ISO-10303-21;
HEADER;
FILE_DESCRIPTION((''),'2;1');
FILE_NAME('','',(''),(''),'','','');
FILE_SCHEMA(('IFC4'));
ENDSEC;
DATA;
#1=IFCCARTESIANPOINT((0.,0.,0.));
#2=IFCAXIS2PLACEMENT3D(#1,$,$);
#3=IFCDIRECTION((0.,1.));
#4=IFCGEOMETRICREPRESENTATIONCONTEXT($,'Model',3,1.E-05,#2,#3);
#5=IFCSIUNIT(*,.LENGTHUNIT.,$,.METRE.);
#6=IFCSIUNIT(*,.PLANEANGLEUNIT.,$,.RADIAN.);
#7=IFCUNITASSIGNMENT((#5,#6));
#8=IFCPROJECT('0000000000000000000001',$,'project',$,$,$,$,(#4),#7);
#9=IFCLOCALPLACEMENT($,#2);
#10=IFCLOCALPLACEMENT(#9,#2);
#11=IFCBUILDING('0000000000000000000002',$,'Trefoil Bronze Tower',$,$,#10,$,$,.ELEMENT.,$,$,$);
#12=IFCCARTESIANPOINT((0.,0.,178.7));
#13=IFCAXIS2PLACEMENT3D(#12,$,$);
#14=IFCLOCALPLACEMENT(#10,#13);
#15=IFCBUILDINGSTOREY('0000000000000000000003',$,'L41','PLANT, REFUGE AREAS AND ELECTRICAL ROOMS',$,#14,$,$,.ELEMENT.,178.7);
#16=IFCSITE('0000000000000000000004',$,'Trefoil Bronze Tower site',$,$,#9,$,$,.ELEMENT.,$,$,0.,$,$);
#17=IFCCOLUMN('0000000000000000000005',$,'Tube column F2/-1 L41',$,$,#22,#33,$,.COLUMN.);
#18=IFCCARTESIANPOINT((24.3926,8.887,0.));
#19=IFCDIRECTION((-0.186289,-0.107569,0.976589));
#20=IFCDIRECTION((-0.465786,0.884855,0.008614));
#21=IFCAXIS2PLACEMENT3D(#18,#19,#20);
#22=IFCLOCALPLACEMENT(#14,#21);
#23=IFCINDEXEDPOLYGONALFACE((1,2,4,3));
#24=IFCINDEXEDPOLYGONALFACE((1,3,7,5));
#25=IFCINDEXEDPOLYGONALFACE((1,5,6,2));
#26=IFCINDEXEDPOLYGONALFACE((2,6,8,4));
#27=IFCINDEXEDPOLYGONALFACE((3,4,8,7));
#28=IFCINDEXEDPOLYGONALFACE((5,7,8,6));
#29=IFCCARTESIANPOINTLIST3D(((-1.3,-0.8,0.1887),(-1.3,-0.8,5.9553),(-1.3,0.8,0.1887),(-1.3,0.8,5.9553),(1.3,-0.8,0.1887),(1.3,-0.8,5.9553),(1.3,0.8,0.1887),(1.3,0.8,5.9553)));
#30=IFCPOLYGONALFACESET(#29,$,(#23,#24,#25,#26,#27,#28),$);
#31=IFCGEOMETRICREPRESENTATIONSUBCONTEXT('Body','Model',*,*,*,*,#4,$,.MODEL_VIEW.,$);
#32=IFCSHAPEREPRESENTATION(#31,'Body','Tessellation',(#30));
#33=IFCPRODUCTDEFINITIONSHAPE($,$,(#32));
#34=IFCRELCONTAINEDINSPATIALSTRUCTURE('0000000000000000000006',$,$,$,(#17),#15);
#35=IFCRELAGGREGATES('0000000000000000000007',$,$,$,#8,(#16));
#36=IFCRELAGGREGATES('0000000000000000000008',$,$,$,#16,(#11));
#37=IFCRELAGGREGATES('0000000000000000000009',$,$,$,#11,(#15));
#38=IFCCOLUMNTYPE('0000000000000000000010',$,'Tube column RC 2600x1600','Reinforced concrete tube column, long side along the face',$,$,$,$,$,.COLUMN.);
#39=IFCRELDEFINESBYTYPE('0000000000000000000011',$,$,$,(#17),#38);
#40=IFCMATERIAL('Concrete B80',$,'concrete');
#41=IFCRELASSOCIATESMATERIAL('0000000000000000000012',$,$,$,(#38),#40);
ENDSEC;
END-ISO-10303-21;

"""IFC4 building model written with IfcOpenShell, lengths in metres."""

from ifc_helpers import new_model, si_unit, direction, frame, origin, origin_2d, place, context, subcontext, project, spatial, rectangle, extrude, clip, halfspace, material, material_profile, profile_set, type_object, element, save


model = new_model("IFC4")

# Units and contexts
model_context = context("Model", 3, precision=1e-05, world=origin(), true_north=direction((0.0, 1.0)))
body_context = subcontext(model_context, "Body", "Model", "MODEL_VIEW")
ifc_project = project(units=[si_unit("LENGTHUNIT", "METRE"), si_unit("PLANEANGLEUNIT", "RADIAN")], contexts=[model_context])

# Site, building, storey
site_placement = place(None, origin())
site = spatial("IfcSite", under=ifc_project, at=site_placement, Name="Trefoil Bronze Tower site", CompositionType="ELEMENT", RefElevation=0.0)
building_placement = place(site_placement, origin())
building = spatial("IfcBuilding", under=site, at=building_placement, Name="Trefoil Bronze Tower", CompositionType="ELEMENT")
storey_placement = place(building_placement, frame((0.0, 0.0, 178.7)))
storey = spatial("IfcBuildingStorey", under=building, at=storey_placement, Name="L41", Description="PLANT, REFUGE AREAS AND ELECTRICAL ROOMS", CompositionType="ELEMENT", Elevation=178.7)

# Column
ifc_material_1 = material(Name="Concrete B80", Category="concrete")
ifc_material_profile_1 = material_profile(ifc_material_1, rectangle(XDim=2.6001, YDim=1.6001, at=origin_2d()), Name="RC 2600x1600")
ifc_profile_set_1 = profile_set([ifc_material_profile_1], Name="Concrete B80")
column_type = type_object("IfcColumnType", Name="Tube column RC 2600x1600", Description="Reinforced concrete tube column, long side along the face", PredefinedType="COLUMN", material=ifc_profile_set_1)
column_placement = place(storey_placement, frame((24.3926, 8.887, 0.0), z_axis=(-0.186289, -0.107569, 0.976589), x_axis=(-0.465786, 0.884855, 0.008614)))
element("IfcColumn", 1, at=column_placement, inside=storey, type_object=column_type, Name="Tube column F2/-1 L41", PredefinedType="COLUMN", context=body_context, shape_type="Clipping", body=[
    clip(clip(extrude(rectangle(XDim=2.6001, YDim=1.6001, at=origin_2d()), origin(), (0.0, 0.0, 1.0), 6.1438), halfspace(frame((0.0, 0.0, 0.1887), z_axis=(0.000013, 0.000004, 1.0), x_axis=(0.0, 1.0, -0.000004)), True)), halfspace(frame((0.0, 0.0, 5.9553), z_axis=(-0.000013, -0.000004, -1.0), x_axis=(0.0, -1.0, 0.000004)), True)),
])

save(model, "model.ifc")
